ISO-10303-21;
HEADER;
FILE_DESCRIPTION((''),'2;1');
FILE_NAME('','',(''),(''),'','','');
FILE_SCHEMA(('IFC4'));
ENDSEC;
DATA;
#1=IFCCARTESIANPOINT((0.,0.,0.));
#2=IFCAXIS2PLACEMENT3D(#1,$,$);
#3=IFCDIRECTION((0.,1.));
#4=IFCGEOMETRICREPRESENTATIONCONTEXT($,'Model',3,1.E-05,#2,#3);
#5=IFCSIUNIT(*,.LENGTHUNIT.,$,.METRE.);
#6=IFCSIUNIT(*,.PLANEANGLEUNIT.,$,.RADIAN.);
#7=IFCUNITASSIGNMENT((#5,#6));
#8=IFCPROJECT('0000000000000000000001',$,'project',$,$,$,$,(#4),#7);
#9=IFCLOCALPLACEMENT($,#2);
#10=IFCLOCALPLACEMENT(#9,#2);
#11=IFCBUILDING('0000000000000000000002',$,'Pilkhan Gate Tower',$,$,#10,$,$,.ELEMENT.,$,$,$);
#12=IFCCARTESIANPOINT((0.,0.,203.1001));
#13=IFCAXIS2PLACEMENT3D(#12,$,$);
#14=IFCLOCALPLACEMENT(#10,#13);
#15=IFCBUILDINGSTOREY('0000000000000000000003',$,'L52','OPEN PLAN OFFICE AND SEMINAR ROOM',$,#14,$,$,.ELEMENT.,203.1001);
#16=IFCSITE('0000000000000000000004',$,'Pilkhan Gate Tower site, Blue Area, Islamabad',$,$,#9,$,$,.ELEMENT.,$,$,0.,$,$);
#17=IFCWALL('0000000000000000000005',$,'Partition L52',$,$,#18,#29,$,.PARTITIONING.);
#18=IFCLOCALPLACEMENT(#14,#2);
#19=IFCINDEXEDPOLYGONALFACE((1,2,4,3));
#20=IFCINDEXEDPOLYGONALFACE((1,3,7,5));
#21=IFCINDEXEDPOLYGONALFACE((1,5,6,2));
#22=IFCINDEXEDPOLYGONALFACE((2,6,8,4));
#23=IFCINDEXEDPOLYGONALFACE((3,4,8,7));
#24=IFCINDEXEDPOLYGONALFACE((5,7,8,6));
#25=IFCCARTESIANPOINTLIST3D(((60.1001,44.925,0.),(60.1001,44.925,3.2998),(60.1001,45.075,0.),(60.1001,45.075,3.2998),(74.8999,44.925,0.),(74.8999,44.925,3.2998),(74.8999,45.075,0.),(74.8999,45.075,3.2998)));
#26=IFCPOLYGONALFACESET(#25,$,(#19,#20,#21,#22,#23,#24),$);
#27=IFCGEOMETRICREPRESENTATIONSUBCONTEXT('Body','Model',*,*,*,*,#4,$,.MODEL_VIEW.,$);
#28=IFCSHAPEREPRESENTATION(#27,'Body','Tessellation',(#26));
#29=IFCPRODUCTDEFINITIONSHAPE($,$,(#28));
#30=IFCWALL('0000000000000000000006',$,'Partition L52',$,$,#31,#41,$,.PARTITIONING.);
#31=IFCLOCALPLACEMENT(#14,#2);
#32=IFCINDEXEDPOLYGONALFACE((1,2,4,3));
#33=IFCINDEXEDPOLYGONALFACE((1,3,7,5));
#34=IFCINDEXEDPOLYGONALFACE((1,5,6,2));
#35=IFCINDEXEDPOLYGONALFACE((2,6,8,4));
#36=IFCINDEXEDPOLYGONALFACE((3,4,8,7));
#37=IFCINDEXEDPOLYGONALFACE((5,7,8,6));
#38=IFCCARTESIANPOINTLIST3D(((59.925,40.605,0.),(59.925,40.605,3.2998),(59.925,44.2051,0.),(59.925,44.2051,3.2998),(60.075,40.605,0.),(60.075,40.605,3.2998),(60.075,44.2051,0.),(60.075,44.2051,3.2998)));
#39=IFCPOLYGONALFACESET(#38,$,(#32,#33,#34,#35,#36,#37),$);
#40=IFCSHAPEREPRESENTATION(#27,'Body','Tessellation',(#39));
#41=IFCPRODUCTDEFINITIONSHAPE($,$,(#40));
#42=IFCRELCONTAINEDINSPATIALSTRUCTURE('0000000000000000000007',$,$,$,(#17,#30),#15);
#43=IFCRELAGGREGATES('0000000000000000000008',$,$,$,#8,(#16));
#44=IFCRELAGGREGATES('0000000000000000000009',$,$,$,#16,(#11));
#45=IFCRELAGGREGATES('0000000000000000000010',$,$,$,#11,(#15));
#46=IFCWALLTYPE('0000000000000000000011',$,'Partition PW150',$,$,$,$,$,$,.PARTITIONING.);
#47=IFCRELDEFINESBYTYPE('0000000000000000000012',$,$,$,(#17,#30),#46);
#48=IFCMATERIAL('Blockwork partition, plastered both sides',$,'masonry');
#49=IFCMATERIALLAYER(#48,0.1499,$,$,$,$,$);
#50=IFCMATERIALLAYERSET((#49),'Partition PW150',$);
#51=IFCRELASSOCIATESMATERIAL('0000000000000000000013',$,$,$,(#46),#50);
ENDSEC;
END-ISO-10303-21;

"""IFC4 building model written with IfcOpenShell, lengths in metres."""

from ifc_helpers import new_model, si_unit, direction, frame, frame_2d, origin, place, context, subcontext, project, spatial, rectangle, extrude, material, layer, layer_set, type_object, element, save


model = new_model("IFC4")

# Units and contexts
model_context = context("Model", 3, precision=1e-05, world=origin(), true_north=direction((0.0, 1.0)))
body_context = subcontext(model_context, "Body", "Model", "MODEL_VIEW")
ifc_project = project(units=[si_unit("LENGTHUNIT", "METRE"), si_unit("PLANEANGLEUNIT", "RADIAN")], contexts=[model_context])

# Site, building, storey
site_placement = place(None, origin())
site = spatial("IfcSite", under=ifc_project, at=site_placement, Name="Pilkhan Gate Tower site, Blue Area, Islamabad", CompositionType="ELEMENT", RefElevation=0.0)
building_placement = place(site_placement, origin())
building = spatial("IfcBuilding", under=site, at=building_placement, Name="Pilkhan Gate Tower", CompositionType="ELEMENT")
storey_placement = place(building_placement, frame((0.0, 0.0, 203.1001)))
storey = spatial("IfcBuildingStorey", under=building, at=storey_placement, Name="L52", Description="OPEN PLAN OFFICE AND SEMINAR ROOM", CompositionType="ELEMENT", Elevation=203.1001)

# Walls
ifc_material_1 = material(Name="Blockwork partition, plastered both sides", Category="masonry")
ifc_layer_1 = layer(ifc_material_1, 0.1499)
ifc_layer_set_1 = layer_set([ifc_layer_1], Name="Partition PW150")
wall_type_1 = type_object("IfcWallType", Name="Partition PW150", PredefinedType="PARTITIONING", material=ifc_layer_set_1)
wall_1_placement = place(storey_placement, frame((60.1001, 45.0, 0.0), z_axis=(0.0, 0.0, 1.0), x_axis=(1.0, 0.0, 0.0)))
element("IfcWall", 1, at=wall_1_placement, inside=storey, type_object=wall_type_1, Name="Partition L52", PredefinedType="PARTITIONING", context=body_context, shape_type="SweptSolid", body=[
    extrude(rectangle(XDim=14.7998, YDim=0.1499, at=frame_2d((7.3999, 0.0))), origin(), (0.0, 0.0, 1.0), 3.2998),
])
wall_2_placement = place(storey_placement, frame((60.0, 40.605, 0.0), z_axis=(0.0, 0.0, 1.0), x_axis=(0.0, 1.0, 0.0)))
element("IfcWall", 2, at=wall_2_placement, inside=storey, type_object=wall_type_1, Name="Partition L52", PredefinedType="PARTITIONING", context=body_context, shape_type="SweptSolid", body=[
    extrude(rectangle(XDim=3.6001, YDim=0.1499, at=frame_2d((1.8, 0.0))), origin(), (0.0, 0.0, 1.0), 3.2998),
])

save(model, "model.ifc")
